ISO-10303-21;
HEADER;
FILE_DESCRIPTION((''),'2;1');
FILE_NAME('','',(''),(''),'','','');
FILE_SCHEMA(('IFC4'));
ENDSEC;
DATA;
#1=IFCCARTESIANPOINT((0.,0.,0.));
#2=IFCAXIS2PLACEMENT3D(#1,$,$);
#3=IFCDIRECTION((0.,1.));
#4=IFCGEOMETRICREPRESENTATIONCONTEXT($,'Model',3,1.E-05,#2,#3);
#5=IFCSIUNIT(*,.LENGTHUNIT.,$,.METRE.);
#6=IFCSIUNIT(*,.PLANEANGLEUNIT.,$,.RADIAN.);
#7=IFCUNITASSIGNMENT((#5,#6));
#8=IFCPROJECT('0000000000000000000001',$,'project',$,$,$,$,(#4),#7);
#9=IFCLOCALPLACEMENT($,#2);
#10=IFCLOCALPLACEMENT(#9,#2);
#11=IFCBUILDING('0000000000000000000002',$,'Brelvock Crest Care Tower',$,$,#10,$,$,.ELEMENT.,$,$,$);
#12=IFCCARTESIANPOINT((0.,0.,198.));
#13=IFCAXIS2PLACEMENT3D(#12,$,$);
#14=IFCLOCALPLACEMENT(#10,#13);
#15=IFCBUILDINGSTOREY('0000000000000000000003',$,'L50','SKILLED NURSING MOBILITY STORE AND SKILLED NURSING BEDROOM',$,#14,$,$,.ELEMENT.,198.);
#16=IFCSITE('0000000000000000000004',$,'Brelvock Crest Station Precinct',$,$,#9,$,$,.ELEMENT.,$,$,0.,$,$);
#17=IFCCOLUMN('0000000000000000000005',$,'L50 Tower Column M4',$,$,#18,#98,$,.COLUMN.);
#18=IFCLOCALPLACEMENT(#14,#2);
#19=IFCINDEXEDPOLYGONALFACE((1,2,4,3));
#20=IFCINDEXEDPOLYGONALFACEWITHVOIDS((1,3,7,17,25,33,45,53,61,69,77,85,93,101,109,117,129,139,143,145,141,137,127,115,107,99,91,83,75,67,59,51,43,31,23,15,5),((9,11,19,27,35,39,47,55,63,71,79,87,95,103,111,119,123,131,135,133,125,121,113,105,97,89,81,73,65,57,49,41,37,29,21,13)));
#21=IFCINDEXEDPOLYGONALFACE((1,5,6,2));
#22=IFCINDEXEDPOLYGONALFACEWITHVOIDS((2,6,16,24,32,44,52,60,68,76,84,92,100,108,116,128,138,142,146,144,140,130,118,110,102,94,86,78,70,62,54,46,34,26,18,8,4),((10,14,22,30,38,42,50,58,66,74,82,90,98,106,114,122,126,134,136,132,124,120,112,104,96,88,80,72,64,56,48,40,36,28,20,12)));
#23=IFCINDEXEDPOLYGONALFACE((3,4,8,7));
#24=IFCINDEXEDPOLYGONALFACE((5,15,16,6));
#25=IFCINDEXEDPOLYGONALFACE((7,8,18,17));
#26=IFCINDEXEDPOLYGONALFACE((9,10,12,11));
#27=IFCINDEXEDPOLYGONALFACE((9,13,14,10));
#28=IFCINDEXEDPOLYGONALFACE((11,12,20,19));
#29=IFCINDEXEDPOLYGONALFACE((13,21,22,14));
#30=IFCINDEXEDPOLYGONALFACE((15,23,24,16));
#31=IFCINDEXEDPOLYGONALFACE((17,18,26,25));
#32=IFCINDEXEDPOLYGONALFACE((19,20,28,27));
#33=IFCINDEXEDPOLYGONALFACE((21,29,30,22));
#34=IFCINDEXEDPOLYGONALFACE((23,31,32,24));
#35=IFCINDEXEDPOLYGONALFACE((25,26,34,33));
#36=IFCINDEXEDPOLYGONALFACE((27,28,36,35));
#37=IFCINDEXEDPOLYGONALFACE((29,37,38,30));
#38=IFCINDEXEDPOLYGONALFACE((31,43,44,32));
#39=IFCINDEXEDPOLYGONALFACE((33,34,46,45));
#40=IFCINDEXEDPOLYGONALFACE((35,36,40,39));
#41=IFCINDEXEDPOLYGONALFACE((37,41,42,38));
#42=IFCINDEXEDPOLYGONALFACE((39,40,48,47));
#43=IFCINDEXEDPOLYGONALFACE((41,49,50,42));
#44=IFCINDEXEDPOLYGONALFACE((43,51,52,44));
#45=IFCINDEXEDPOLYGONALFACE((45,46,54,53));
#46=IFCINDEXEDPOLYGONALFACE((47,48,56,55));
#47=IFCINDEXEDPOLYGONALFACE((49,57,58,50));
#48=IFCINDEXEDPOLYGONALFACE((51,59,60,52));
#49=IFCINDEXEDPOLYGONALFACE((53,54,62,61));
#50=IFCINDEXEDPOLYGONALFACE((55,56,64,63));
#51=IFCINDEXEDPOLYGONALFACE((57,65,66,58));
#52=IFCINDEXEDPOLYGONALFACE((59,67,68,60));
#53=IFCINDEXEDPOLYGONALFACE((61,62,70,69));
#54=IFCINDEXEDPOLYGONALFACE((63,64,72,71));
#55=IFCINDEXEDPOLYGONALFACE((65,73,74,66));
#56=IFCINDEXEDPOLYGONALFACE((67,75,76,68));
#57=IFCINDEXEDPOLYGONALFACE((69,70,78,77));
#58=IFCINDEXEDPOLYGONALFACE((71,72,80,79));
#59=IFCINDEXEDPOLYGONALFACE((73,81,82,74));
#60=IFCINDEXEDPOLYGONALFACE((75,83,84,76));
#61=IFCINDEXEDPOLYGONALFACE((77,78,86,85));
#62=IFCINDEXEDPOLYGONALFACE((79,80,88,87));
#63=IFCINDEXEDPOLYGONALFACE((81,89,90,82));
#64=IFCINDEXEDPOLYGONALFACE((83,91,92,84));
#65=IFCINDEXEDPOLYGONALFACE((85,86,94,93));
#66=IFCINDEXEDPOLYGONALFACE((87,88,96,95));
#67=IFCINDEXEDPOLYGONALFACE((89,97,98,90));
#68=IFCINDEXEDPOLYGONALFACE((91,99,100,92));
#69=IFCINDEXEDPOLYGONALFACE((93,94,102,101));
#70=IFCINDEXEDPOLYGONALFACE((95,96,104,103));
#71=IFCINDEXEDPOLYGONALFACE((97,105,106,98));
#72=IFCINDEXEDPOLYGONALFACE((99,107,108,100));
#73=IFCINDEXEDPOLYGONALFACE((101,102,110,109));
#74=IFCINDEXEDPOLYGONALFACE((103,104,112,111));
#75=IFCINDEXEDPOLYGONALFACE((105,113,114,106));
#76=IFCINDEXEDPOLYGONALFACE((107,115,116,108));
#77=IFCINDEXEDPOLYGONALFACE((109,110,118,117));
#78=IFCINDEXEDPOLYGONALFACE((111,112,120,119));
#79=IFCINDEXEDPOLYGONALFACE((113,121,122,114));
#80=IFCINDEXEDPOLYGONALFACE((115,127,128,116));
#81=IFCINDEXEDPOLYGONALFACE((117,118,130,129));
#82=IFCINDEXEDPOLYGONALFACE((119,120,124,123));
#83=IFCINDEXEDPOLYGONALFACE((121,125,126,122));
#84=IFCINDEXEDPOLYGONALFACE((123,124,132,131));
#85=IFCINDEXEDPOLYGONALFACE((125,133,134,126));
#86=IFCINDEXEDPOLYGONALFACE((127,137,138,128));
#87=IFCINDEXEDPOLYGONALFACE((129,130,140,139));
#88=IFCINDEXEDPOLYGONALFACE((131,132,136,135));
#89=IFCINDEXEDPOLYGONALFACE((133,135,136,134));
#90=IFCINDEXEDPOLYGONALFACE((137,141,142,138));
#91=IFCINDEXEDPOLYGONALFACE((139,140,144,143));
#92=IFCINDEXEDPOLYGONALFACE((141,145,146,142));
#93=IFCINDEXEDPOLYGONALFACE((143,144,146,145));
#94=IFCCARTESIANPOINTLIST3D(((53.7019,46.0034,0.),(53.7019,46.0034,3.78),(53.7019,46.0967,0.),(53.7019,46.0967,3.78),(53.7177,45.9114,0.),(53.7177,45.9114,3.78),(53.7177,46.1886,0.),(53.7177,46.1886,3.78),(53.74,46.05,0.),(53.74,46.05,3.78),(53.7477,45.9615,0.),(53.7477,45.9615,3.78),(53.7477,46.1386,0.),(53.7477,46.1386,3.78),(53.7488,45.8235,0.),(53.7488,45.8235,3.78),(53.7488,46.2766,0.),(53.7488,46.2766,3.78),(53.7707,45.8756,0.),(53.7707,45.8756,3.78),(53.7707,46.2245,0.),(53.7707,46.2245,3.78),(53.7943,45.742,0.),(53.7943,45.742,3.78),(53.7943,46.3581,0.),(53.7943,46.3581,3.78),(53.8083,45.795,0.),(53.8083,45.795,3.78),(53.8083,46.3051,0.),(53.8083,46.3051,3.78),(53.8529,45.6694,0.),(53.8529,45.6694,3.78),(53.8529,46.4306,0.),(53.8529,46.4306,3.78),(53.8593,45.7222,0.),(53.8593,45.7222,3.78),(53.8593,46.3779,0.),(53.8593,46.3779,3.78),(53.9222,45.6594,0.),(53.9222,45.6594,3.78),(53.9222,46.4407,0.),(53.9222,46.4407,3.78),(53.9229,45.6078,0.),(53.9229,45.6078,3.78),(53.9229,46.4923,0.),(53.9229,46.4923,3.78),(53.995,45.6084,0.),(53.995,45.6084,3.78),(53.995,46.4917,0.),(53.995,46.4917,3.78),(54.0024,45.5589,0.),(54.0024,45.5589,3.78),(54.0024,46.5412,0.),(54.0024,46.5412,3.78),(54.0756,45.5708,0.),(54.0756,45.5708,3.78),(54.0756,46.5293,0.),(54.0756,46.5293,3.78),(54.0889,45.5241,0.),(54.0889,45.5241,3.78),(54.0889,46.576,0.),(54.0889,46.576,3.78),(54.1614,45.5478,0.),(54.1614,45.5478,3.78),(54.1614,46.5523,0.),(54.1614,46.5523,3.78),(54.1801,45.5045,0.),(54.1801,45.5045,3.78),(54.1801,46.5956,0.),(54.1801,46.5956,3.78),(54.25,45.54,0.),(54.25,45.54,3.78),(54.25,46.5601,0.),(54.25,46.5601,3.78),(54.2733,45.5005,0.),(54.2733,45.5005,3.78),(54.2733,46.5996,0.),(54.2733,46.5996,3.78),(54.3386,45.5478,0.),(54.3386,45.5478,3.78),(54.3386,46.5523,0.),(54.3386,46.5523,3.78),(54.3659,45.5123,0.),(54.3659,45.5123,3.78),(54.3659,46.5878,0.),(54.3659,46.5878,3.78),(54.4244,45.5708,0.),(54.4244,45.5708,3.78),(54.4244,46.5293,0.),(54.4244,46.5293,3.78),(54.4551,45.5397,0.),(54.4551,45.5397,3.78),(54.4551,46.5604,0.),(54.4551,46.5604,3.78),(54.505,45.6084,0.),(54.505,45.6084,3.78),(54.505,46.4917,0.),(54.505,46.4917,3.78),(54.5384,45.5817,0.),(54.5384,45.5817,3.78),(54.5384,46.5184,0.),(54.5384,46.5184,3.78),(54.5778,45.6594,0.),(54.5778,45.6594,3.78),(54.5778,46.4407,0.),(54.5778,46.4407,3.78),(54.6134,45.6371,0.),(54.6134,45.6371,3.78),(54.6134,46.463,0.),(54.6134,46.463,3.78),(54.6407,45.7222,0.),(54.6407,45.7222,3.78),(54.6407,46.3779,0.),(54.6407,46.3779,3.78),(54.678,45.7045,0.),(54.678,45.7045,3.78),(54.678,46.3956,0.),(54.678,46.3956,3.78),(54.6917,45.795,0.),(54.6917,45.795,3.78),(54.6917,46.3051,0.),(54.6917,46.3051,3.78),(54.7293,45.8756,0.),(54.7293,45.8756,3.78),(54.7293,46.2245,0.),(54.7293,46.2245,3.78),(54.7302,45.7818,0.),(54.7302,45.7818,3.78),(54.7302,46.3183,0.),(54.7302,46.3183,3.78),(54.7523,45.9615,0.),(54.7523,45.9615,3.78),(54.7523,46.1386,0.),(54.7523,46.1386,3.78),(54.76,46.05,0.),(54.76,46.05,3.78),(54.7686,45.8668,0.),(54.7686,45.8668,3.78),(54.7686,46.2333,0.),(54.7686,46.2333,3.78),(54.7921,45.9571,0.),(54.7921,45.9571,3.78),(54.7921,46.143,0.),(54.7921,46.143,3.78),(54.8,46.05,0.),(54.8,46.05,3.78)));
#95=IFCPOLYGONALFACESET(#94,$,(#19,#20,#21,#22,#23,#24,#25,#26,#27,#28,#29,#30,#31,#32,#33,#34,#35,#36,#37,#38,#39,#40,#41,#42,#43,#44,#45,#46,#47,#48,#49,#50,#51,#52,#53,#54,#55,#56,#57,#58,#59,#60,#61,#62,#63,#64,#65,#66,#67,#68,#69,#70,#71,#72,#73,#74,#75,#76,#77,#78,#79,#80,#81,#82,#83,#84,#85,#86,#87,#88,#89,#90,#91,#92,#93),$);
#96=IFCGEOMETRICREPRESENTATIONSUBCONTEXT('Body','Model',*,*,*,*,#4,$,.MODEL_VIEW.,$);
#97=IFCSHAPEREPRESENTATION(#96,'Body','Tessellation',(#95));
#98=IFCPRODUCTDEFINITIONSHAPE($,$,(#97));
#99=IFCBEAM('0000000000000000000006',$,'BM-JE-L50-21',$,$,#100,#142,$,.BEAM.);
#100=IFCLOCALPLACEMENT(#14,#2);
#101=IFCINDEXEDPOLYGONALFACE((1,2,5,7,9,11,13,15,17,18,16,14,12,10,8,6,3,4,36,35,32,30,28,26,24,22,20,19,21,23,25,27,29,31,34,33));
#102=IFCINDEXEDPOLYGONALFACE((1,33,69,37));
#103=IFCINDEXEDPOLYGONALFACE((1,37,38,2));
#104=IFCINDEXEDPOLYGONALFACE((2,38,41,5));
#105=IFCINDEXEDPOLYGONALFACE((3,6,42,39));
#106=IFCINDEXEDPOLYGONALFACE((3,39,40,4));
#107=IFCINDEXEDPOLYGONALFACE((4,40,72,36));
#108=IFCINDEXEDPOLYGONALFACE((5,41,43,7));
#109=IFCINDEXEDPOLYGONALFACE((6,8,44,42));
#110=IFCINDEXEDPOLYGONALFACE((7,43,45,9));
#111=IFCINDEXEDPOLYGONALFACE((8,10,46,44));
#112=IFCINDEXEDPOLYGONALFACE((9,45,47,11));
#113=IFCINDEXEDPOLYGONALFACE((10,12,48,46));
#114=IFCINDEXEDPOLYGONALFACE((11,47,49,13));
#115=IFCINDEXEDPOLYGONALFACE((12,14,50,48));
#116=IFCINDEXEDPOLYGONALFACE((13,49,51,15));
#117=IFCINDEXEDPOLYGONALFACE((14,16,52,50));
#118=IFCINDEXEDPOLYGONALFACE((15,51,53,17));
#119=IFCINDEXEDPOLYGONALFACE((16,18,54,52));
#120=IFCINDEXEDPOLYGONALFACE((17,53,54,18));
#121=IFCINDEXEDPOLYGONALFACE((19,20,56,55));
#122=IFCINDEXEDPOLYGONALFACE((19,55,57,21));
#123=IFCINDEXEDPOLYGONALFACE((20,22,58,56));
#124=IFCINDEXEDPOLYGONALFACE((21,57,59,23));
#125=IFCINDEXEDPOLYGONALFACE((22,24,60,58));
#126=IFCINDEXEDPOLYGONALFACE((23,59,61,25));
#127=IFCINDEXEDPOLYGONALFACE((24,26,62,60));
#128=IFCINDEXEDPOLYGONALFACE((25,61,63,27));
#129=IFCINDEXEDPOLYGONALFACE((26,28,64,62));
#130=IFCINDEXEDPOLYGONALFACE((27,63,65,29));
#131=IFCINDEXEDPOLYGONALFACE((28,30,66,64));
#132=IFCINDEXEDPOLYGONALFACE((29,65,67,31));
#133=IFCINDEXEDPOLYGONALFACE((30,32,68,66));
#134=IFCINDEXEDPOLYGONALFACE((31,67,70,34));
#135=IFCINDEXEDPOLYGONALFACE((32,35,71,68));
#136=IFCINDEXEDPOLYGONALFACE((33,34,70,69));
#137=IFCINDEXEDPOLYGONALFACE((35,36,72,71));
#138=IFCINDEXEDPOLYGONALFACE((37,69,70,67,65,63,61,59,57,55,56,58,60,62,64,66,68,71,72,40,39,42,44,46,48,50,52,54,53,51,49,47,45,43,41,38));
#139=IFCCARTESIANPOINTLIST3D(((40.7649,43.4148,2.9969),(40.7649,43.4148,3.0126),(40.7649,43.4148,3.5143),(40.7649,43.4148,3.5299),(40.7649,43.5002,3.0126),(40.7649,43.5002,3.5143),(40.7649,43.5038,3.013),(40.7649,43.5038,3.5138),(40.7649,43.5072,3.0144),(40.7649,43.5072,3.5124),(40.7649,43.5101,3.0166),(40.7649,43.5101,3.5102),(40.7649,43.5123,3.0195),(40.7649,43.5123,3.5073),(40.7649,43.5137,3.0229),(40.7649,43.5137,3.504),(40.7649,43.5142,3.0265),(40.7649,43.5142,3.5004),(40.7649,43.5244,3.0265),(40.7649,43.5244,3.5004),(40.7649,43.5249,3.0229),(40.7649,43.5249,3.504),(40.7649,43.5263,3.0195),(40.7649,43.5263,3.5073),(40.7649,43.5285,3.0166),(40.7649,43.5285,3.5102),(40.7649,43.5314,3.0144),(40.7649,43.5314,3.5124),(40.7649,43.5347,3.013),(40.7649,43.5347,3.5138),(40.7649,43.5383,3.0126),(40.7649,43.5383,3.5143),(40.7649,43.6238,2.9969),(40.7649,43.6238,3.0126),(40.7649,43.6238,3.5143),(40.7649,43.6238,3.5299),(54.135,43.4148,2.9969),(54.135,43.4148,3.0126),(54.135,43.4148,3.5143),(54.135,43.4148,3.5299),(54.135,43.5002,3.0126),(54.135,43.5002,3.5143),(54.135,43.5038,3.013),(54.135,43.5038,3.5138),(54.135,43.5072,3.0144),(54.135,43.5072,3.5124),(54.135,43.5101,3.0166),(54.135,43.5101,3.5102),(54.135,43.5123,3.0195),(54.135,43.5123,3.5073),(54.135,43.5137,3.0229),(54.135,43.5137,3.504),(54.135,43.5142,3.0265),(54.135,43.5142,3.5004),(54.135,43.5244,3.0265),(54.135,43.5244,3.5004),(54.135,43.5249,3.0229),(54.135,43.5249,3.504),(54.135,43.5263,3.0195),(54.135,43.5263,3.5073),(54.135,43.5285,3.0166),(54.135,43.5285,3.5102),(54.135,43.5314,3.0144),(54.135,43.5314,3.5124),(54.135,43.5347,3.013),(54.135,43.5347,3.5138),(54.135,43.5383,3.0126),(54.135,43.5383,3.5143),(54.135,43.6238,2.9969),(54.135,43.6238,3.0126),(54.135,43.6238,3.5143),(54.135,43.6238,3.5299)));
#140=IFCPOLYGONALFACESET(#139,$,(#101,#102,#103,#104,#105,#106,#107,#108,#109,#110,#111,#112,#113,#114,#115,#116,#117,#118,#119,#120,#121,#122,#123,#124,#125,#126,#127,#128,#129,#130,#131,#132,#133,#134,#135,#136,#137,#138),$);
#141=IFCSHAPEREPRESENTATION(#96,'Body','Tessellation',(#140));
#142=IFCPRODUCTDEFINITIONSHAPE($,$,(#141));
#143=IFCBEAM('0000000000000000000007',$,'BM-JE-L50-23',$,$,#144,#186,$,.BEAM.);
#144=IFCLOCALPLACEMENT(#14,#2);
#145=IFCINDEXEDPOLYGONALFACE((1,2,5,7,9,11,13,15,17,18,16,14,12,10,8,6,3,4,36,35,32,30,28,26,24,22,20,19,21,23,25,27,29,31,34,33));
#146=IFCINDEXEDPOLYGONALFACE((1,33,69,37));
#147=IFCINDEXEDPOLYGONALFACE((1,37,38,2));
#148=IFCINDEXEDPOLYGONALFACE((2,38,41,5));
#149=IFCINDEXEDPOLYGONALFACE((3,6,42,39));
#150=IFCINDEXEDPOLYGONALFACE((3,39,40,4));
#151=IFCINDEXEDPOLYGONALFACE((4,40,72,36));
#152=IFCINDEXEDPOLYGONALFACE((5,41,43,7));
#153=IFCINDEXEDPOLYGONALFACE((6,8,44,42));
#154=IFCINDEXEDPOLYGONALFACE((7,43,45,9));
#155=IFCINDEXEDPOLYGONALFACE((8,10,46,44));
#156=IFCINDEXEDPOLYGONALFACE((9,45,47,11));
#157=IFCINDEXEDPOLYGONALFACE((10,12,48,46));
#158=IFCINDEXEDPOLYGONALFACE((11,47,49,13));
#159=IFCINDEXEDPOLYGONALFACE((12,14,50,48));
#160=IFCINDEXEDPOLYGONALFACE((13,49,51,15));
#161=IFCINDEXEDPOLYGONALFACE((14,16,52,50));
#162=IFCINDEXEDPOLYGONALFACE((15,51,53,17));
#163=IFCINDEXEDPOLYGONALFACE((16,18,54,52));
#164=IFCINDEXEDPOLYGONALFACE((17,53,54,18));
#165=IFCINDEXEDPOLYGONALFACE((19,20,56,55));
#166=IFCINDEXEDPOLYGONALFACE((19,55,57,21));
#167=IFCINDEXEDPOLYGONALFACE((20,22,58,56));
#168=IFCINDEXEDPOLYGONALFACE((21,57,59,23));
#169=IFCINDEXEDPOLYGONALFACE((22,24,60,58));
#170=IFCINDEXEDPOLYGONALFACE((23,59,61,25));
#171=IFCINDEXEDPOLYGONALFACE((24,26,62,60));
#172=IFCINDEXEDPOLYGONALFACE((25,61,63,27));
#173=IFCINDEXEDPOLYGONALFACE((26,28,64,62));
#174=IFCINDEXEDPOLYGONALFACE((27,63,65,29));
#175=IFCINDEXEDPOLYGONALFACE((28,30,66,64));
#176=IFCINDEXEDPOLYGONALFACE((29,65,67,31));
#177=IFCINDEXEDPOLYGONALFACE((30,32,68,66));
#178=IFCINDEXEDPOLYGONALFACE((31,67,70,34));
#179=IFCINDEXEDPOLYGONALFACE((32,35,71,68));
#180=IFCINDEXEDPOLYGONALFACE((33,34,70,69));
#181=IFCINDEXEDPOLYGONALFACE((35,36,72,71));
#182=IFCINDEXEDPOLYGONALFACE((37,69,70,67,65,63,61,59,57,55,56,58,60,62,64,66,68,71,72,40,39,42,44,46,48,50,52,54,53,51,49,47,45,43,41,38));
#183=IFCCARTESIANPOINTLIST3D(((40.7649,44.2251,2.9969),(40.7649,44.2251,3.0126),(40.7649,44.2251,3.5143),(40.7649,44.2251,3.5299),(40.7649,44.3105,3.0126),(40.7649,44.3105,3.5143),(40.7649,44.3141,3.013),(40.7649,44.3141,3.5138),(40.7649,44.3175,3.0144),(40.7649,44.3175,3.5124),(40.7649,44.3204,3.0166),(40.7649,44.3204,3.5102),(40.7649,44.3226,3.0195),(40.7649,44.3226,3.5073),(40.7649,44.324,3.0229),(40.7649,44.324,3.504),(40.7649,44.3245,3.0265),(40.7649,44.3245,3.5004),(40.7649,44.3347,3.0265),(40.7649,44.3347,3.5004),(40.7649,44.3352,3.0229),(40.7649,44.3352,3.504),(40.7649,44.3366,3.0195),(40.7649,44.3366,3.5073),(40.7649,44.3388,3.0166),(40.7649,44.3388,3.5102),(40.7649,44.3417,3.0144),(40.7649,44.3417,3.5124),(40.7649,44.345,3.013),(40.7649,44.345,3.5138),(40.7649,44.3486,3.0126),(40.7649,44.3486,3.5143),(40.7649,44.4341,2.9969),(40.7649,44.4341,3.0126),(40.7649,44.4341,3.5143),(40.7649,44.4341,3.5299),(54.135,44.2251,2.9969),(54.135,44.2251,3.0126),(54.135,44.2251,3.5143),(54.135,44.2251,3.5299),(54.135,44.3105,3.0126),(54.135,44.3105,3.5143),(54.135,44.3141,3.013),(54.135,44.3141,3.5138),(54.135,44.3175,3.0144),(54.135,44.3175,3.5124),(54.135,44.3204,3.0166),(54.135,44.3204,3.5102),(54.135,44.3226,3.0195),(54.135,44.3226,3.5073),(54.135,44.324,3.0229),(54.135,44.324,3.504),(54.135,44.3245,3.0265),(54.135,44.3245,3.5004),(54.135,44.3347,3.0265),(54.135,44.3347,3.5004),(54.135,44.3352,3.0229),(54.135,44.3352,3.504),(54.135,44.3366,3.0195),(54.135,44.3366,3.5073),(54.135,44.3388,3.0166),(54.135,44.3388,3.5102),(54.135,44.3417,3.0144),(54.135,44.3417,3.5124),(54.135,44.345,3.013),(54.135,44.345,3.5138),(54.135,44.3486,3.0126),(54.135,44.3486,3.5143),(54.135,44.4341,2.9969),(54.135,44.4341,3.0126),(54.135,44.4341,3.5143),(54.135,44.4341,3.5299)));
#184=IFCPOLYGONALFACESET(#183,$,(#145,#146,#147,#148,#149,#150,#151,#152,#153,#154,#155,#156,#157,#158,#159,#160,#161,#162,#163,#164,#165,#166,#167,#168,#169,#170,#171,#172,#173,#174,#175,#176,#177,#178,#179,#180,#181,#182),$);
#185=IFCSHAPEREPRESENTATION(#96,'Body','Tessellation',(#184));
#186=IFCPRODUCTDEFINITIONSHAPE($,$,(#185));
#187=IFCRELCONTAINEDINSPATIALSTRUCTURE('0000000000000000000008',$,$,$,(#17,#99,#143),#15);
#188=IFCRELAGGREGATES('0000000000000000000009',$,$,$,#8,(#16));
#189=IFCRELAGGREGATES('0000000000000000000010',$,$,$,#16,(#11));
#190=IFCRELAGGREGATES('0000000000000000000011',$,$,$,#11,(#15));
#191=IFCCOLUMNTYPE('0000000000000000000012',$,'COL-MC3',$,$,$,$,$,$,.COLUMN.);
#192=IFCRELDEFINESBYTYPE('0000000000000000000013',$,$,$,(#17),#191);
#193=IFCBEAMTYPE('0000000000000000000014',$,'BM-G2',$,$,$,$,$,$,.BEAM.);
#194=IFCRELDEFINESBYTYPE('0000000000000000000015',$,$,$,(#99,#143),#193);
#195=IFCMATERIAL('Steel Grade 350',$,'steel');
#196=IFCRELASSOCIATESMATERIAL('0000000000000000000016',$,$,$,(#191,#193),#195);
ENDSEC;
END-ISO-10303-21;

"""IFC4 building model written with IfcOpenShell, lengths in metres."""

from ifc_helpers import new_model, si_unit, direction, frame, origin, origin_2d, place, context, subcontext, project, spatial, hollow_circle, i_section, extrude, source, transform, mapped, material, material_profile, profile_set, type_object, element, save


model = new_model("IFC4")

# Units and contexts
model_context = context("Model", 3, precision=1e-05, world=origin(), true_north=direction((0.0, 1.0)))
body_context = subcontext(model_context, "Body", "Model", "MODEL_VIEW")
ifc_project = project(units=[si_unit("LENGTHUNIT", "METRE"), si_unit("PLANEANGLEUNIT", "RADIAN")], contexts=[model_context])

# Site, building, storey
site_placement = place(None, origin())
site = spatial("IfcSite", under=ifc_project, at=site_placement, Name="Brelvock Crest Station Precinct", CompositionType="ELEMENT", RefElevation=0.0)
building_placement = place(site_placement, origin())
building = spatial("IfcBuilding", under=site, at=building_placement, Name="Brelvock Crest Care Tower", CompositionType="ELEMENT")
storey_placement = place(building_placement, frame((0.0, 0.0, 198.0)))
storey = spatial("IfcBuildingStorey", under=building, at=storey_placement, Name="L50", Description="SKILLED NURSING MOBILITY STORE AND SKILLED NURSING BEDROOM", CompositionType="ELEMENT", Elevation=198.0)

# Column
ifc_material_1 = material(Name="Steel Grade 350", Category="steel")
ifc_material_profile_1 = material_profile(ifc_material_1, hollow_circle(Radius=0.55, WallThickness=0.04, at=origin_2d()), Name="CFT1100x40")
ifc_profile_set_1 = profile_set([ifc_material_profile_1], Name="Steel Grade 350")
column_type = type_object("IfcColumnType", Name="COL-MC3", PredefinedType="COLUMN", material=ifc_profile_set_1)
shared_shape_1 = source(origin(), body_context, "Body", "SweptSolid", [
    extrude(hollow_circle(Radius=0.55, WallThickness=0.04, at=origin_2d()), origin(), (0.0, 0.0, 1.0), 3.78),
])
column_placement = place(storey_placement, frame((54.25, 46.05, 0.0), z_axis=(0.0, 0.0, 1.0), x_axis=(1.0, 0.0, 0.0)))
element("IfcColumn", 1, at=column_placement, inside=storey, type_object=column_type, Name="L50 Tower Column M4", PredefinedType="COLUMN", context=body_context, shape_type="MappedRepresentation", body=[
    mapped(shared_shape_1, transform((0.0, 0.0, 0.0), x_axis=(1.0, 0.0, 0.0), y_axis=(0.0, 1.0, 0.0), z_axis=(0.0, 0.0, 1.0), scale=1.0)),
])

# Beams
ifc_material_profile_2 = material_profile(ifc_material_1, i_section(OverallWidth=0.209, OverallDepth=0.533, WebThickness=0.0103, FlangeThickness=0.0156, FilletRadius=0.0139, at=origin_2d()), Name="530UB92.4")
ifc_profile_set_2 = profile_set([ifc_material_profile_2], Name="Steel Grade 350")
beam_type_1 = type_object("IfcBeamType", Name="BM-G2", PredefinedType="BEAM", material=ifc_profile_set_2)
shared_shape_2 = source(origin(), body_context, "Body", "SweptSolid", [
    extrude(i_section(OverallWidth=0.209, OverallDepth=0.533, WebThickness=0.0103, FlangeThickness=0.0156, FilletRadius=0.0139, at=origin_2d()), origin(), (0.0, 0.0, 1.0), 13.3701),
])
for number, where, z_axis, x_axis, name in (
    (2, (40.7649, 43.5193, 3.2634), (1.0, 0.0, 0.0), (0.0, 1.0, 0.0), "BM-JE-L50-21"),
    (3, (40.7649, 44.3296, 3.2634), (1.0, 0.0, 0.0), (0.0, 1.0, 0.0), "BM-JE-L50-23"),
):
    element("IfcBeam", number, at=place(storey_placement, frame(where, z_axis=z_axis, x_axis=x_axis)), inside=storey, type_object=beam_type_1, Name=name, PredefinedType="BEAM", context=body_context, shape_type="MappedRepresentation", body=[
        mapped(shared_shape_2, transform((0.0, 0.0, 0.0), x_axis=(1.0, 0.0, 0.0), y_axis=(0.0, 1.0, 0.0), z_axis=(0.0, 0.0, 1.0), scale=1.0)),
    ])

save(model, "model.ifc")
